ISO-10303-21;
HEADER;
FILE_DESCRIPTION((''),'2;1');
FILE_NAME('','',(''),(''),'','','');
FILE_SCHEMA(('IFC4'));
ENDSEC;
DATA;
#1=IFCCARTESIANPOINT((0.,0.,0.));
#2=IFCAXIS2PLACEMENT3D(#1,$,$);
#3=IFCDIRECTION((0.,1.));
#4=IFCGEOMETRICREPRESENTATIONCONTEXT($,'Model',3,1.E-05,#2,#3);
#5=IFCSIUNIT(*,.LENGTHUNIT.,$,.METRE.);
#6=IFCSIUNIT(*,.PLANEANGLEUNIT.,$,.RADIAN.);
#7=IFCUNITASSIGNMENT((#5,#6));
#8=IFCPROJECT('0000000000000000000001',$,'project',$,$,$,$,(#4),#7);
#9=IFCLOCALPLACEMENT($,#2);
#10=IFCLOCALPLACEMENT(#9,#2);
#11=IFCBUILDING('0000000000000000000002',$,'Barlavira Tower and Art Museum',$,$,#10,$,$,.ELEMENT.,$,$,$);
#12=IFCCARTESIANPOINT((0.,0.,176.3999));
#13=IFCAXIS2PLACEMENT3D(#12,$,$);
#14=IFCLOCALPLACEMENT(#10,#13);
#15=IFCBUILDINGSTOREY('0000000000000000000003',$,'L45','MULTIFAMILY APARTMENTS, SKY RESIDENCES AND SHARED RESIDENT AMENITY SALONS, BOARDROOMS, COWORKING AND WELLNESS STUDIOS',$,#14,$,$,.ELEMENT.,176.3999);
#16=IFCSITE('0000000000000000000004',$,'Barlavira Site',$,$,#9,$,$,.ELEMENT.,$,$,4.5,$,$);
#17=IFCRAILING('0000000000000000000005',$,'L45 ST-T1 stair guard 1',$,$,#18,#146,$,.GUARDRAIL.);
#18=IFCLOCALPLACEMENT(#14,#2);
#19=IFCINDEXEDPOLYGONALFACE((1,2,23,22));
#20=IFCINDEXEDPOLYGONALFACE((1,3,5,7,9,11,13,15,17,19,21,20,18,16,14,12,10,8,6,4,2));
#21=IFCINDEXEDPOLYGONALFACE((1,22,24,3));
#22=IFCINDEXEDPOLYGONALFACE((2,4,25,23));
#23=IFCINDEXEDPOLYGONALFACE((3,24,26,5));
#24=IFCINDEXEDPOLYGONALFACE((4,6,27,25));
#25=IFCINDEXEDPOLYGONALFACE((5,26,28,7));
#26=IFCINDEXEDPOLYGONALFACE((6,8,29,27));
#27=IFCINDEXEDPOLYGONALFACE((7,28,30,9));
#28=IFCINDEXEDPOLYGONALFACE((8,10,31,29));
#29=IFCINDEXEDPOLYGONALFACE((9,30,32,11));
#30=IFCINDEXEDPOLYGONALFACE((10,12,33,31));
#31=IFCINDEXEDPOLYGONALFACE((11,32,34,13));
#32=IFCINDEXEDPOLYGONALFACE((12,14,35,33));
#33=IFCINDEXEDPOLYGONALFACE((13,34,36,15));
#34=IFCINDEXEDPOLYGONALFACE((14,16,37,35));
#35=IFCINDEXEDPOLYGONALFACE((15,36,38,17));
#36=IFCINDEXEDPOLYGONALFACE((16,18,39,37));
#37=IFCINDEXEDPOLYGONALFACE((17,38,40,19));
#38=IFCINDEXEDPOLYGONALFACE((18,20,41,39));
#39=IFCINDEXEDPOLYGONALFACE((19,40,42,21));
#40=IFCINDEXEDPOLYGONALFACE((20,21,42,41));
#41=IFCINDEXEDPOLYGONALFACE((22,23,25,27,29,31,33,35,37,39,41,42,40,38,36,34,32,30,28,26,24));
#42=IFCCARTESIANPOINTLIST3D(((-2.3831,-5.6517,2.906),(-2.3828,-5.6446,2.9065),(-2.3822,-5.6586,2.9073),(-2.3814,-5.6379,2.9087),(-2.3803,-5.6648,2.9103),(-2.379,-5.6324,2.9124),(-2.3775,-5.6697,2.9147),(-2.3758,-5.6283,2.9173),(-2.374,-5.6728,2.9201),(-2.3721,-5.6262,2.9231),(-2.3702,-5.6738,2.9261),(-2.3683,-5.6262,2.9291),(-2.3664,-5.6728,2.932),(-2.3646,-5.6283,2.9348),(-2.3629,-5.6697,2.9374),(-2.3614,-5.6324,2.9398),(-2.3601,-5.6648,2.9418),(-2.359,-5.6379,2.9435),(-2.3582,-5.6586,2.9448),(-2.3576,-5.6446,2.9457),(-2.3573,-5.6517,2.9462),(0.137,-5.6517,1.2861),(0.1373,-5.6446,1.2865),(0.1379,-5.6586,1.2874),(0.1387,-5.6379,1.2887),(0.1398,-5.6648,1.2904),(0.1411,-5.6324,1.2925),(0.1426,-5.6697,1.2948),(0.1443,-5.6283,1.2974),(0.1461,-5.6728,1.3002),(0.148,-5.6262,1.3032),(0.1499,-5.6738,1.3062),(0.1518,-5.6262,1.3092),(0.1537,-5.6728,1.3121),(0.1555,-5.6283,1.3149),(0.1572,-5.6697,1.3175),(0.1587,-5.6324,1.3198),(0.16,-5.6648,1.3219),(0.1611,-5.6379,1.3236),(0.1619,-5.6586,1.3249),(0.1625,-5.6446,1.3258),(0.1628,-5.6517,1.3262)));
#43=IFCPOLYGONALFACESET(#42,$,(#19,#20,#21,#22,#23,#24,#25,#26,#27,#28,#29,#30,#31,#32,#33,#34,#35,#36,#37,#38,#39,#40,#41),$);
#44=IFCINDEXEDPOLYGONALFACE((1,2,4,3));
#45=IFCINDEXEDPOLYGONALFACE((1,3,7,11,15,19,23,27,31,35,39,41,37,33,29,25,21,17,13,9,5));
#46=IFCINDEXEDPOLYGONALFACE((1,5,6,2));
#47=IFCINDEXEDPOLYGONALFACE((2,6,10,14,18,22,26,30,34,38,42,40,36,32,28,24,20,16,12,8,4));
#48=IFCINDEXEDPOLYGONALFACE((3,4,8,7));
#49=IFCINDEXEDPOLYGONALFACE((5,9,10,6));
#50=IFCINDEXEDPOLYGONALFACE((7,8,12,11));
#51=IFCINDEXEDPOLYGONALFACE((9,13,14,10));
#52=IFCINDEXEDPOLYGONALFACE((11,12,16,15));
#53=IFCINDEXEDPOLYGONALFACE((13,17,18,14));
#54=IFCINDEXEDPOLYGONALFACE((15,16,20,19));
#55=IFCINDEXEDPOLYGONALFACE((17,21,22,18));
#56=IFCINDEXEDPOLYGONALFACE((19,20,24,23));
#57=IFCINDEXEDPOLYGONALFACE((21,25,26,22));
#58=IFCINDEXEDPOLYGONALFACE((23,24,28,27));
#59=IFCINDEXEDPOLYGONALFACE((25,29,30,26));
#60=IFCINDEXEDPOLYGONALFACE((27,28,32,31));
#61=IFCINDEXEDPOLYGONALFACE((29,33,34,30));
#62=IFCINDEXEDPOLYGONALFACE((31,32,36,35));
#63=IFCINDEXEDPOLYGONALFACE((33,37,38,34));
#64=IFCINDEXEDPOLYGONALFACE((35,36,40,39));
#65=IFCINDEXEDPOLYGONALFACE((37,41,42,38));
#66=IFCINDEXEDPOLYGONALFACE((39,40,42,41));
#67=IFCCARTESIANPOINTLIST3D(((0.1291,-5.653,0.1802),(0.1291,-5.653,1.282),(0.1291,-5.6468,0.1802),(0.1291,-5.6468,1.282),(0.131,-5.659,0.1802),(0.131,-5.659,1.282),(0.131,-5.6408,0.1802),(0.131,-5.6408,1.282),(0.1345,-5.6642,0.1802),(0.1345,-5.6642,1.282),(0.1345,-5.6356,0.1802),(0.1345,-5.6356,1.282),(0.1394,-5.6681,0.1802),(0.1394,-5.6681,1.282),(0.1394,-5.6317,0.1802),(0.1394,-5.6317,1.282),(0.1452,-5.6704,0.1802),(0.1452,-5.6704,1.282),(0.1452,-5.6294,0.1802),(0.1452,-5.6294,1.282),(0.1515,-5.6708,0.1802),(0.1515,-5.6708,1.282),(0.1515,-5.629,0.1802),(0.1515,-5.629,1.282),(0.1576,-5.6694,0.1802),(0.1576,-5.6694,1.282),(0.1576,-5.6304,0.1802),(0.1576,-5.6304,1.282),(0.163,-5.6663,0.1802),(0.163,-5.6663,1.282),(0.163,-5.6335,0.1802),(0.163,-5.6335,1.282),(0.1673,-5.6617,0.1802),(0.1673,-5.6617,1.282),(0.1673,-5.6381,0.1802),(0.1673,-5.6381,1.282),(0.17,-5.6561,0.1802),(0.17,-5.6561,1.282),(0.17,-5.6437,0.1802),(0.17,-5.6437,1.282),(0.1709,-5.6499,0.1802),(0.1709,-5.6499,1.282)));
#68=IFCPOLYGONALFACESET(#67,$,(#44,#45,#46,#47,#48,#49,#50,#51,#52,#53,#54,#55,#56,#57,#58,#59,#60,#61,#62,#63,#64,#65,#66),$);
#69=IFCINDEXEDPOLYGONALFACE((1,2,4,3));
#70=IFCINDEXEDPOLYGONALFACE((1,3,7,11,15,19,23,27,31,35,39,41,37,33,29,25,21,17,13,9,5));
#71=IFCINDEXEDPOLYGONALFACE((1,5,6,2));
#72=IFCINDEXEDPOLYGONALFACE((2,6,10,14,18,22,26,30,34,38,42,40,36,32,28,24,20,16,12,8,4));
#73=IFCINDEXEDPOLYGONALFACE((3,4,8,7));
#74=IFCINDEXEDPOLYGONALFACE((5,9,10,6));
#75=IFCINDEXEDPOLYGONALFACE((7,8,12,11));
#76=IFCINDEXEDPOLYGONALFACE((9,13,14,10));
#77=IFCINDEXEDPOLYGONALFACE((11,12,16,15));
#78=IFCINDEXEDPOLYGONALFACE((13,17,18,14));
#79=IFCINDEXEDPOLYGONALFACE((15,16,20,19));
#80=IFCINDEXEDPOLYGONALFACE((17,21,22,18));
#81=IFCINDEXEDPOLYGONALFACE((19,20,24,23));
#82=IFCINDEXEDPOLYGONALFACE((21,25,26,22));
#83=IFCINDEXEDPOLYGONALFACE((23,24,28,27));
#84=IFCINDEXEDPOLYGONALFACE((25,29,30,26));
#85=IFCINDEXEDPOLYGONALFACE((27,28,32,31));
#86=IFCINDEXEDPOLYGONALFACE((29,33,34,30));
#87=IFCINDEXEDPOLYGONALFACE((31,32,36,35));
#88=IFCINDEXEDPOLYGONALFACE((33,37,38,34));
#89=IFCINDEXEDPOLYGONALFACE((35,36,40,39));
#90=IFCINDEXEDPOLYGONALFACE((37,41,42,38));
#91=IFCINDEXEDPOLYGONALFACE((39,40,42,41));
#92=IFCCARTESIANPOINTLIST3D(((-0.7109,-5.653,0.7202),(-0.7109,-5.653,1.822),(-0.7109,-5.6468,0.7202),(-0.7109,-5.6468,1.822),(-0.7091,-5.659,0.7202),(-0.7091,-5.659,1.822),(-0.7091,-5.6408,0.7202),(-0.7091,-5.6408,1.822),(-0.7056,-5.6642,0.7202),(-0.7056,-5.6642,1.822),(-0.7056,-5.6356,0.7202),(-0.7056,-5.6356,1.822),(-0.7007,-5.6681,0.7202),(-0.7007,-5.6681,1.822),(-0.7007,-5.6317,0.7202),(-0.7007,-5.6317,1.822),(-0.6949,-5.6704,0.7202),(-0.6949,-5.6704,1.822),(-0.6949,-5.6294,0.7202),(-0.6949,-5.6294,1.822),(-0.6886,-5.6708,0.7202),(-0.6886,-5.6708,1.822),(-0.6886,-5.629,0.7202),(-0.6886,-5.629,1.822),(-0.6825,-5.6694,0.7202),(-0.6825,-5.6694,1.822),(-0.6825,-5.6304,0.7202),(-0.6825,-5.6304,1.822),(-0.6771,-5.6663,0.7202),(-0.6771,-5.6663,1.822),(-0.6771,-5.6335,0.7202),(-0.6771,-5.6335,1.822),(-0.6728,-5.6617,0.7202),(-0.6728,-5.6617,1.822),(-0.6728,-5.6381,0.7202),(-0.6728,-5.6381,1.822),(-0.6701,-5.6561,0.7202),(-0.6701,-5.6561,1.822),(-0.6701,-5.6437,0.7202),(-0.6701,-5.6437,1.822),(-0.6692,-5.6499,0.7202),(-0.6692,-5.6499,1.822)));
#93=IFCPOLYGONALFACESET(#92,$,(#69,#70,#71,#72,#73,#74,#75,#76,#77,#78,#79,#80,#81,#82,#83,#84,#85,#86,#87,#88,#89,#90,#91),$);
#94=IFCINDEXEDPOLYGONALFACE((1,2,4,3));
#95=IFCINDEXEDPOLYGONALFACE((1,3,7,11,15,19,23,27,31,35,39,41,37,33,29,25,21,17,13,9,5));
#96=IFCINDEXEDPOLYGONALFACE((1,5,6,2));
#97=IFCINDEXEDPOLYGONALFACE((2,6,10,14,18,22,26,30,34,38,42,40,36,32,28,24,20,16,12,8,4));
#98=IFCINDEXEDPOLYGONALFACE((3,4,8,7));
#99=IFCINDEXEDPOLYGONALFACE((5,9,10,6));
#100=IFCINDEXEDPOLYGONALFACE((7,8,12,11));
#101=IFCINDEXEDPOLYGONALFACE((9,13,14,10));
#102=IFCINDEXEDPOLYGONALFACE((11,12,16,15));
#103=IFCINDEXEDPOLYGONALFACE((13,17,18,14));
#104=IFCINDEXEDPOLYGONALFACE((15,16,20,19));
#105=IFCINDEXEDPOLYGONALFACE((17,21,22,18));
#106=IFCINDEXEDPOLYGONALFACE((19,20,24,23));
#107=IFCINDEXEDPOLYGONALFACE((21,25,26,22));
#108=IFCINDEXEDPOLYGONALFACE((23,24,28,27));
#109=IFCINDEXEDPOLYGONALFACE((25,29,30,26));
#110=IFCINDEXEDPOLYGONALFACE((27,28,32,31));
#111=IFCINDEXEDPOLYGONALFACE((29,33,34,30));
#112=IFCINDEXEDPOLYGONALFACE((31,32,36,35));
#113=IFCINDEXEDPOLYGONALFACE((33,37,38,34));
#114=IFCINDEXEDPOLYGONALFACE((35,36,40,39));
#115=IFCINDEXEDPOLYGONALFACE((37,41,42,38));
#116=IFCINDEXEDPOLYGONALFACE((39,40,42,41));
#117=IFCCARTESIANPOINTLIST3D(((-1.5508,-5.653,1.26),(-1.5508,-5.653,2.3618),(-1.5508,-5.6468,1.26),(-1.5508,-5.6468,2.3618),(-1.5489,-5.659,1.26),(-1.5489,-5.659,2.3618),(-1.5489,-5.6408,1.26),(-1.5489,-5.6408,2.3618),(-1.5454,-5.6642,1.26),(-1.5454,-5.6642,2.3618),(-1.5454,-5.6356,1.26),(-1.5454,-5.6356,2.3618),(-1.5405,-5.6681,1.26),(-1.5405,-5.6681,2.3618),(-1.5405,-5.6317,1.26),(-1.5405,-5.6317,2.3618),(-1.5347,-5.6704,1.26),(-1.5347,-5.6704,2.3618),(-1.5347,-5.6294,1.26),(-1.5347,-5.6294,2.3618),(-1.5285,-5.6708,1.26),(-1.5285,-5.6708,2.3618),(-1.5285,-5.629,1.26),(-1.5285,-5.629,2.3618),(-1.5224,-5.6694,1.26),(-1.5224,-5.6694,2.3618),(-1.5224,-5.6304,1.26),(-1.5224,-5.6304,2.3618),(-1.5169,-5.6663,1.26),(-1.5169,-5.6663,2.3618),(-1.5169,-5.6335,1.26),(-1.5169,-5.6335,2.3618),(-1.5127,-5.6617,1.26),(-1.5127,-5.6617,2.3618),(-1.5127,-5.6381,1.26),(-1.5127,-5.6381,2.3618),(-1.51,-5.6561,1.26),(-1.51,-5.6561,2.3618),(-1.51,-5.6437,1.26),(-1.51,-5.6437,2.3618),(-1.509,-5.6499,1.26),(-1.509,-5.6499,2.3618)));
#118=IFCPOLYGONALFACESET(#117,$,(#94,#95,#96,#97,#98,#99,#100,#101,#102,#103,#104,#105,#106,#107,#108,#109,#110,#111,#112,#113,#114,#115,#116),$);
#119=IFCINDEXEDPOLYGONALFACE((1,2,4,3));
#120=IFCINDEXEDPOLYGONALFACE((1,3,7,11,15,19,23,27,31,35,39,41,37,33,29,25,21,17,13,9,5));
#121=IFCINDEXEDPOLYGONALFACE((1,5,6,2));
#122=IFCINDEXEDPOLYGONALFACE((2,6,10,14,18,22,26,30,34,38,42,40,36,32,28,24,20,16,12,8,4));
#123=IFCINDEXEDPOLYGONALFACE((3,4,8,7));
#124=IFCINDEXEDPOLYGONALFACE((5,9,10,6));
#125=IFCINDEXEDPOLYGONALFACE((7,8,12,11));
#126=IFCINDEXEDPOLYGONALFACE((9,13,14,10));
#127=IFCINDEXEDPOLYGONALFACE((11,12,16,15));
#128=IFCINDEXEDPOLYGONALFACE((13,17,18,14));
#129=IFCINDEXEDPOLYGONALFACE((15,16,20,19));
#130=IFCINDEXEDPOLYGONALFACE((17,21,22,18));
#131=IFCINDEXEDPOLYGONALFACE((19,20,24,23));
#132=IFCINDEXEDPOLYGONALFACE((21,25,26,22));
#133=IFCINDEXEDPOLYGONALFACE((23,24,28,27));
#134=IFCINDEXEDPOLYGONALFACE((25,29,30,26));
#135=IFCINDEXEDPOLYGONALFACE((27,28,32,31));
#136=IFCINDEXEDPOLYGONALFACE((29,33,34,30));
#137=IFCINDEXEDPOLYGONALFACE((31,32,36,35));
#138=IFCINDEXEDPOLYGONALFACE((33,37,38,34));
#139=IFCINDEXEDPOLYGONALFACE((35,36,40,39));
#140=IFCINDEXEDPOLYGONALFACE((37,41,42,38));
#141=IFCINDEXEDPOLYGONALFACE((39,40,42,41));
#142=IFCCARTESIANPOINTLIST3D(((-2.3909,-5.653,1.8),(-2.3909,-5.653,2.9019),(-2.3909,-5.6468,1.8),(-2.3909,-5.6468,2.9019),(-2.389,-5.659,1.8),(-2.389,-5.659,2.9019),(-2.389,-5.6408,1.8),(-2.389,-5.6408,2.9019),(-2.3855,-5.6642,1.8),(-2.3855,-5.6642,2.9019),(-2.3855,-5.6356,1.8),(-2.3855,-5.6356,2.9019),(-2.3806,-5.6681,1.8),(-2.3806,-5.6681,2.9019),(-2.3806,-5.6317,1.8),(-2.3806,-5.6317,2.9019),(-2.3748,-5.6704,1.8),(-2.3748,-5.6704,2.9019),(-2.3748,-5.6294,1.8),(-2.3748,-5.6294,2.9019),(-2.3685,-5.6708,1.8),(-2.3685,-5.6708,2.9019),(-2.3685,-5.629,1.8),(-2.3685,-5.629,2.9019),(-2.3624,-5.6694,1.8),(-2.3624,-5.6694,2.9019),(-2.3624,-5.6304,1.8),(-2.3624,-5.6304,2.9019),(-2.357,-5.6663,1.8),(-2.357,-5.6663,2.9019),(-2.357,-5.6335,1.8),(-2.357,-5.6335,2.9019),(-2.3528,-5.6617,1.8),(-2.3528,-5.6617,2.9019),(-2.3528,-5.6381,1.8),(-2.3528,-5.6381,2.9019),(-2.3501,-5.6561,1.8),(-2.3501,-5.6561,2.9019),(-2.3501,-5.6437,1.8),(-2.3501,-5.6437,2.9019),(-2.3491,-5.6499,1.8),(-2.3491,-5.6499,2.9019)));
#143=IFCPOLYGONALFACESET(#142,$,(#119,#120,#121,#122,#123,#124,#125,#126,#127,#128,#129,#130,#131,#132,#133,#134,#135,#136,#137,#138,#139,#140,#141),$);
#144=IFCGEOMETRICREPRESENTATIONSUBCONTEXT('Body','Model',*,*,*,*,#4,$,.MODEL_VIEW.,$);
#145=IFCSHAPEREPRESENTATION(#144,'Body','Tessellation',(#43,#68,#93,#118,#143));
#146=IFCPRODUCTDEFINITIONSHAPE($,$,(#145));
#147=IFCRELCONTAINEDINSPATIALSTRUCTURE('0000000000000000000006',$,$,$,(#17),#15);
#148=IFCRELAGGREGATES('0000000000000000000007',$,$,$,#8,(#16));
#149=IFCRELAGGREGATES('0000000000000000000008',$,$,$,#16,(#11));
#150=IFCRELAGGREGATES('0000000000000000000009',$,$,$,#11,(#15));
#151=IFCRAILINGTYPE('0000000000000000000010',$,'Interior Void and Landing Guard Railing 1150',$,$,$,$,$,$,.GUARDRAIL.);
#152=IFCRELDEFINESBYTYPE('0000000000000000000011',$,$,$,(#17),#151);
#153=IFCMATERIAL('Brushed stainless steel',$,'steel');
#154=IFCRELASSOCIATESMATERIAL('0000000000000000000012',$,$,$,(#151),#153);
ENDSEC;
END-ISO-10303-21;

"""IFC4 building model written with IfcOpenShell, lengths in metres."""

from ifc_helpers import new_model, si_unit, direction, frame, origin, origin_2d, place, context, subcontext, project, spatial, circle, extrude, material, type_object, element, save


model = new_model("IFC4")

# Units and contexts
model_context = context("Model", 3, precision=1e-05, world=origin(), true_north=direction((0.0, 1.0)))
body_context = subcontext(model_context, "Body", "Model", "MODEL_VIEW")
ifc_project = project(units=[si_unit("LENGTHUNIT", "METRE"), si_unit("PLANEANGLEUNIT", "RADIAN")], contexts=[model_context])

# Site, building, storey
site_placement = place(None, origin())
site = spatial("IfcSite", under=ifc_project, at=site_placement, Name="Barlavira Site", CompositionType="ELEMENT", RefElevation=4.5)
building_placement = place(site_placement, origin())
building = spatial("IfcBuilding", under=site, at=building_placement, Name="Barlavira Tower and Art Museum", CompositionType="ELEMENT")
storey_placement = place(building_placement, frame((0.0, 0.0, 176.3999)))
storey = spatial("IfcBuildingStorey", under=building, at=storey_placement, Name="L45", Description="MULTIFAMILY APARTMENTS, SKY RESIDENCES AND SHARED RESIDENT AMENITY SALONS, BOARDROOMS, COWORKING AND WELLNESS STUDIOS", CompositionType="ELEMENT", Elevation=176.3999)

# Shared definitions
ifc_material_1 = material(Name="Brushed stainless steel", Category="steel")

# Railing
railing_type_1 = type_object("IfcRailingType", Name="Interior Void and Landing Guard Railing 1150", PredefinedType="GUARDRAIL", material=ifc_material_1)
railing_1_placement = place(storey_placement, frame((0.1499, -5.6499, 0.1802)))
element("IfcRailing", 1, at=railing_1_placement, inside=storey, type_object=railing_type_1, Name="L45 ST-T1 stair guard 1", PredefinedType="GUARDRAIL", context=body_context, shape_type="SweptSolid", body=[
    extrude(circle(Radius=0.0239, at=origin_2d()), frame((0.0, 0.0, 1.126), z_axis=(-0.8412, 0.0, 0.540725), x_axis=(0.0, -1.0, 0.0)), (0.0, 0.0, 1.0), 2.9958),
    extrude(circle(Radius=0.021, at=origin_2d()), origin(), (0.0, 0.0, 1.0), 1.1018),
    extrude(circle(Radius=0.021, at=origin_2d()), frame((-0.8401, 0.0, 0.54)), (0.0, 0.0, 1.0), 1.1018),
    extrude(circle(Radius=0.021, at=origin_2d()), frame((-1.6799, 0.0, 1.0798)), (0.0, 0.0, 1.0), 1.1018),
    extrude(circle(Radius=0.021, at=origin_2d()), frame((-2.52, 0.0, 1.6199)), (0.0, 0.0, 1.0), 1.1018),
])

save(model, "model.ifc")
